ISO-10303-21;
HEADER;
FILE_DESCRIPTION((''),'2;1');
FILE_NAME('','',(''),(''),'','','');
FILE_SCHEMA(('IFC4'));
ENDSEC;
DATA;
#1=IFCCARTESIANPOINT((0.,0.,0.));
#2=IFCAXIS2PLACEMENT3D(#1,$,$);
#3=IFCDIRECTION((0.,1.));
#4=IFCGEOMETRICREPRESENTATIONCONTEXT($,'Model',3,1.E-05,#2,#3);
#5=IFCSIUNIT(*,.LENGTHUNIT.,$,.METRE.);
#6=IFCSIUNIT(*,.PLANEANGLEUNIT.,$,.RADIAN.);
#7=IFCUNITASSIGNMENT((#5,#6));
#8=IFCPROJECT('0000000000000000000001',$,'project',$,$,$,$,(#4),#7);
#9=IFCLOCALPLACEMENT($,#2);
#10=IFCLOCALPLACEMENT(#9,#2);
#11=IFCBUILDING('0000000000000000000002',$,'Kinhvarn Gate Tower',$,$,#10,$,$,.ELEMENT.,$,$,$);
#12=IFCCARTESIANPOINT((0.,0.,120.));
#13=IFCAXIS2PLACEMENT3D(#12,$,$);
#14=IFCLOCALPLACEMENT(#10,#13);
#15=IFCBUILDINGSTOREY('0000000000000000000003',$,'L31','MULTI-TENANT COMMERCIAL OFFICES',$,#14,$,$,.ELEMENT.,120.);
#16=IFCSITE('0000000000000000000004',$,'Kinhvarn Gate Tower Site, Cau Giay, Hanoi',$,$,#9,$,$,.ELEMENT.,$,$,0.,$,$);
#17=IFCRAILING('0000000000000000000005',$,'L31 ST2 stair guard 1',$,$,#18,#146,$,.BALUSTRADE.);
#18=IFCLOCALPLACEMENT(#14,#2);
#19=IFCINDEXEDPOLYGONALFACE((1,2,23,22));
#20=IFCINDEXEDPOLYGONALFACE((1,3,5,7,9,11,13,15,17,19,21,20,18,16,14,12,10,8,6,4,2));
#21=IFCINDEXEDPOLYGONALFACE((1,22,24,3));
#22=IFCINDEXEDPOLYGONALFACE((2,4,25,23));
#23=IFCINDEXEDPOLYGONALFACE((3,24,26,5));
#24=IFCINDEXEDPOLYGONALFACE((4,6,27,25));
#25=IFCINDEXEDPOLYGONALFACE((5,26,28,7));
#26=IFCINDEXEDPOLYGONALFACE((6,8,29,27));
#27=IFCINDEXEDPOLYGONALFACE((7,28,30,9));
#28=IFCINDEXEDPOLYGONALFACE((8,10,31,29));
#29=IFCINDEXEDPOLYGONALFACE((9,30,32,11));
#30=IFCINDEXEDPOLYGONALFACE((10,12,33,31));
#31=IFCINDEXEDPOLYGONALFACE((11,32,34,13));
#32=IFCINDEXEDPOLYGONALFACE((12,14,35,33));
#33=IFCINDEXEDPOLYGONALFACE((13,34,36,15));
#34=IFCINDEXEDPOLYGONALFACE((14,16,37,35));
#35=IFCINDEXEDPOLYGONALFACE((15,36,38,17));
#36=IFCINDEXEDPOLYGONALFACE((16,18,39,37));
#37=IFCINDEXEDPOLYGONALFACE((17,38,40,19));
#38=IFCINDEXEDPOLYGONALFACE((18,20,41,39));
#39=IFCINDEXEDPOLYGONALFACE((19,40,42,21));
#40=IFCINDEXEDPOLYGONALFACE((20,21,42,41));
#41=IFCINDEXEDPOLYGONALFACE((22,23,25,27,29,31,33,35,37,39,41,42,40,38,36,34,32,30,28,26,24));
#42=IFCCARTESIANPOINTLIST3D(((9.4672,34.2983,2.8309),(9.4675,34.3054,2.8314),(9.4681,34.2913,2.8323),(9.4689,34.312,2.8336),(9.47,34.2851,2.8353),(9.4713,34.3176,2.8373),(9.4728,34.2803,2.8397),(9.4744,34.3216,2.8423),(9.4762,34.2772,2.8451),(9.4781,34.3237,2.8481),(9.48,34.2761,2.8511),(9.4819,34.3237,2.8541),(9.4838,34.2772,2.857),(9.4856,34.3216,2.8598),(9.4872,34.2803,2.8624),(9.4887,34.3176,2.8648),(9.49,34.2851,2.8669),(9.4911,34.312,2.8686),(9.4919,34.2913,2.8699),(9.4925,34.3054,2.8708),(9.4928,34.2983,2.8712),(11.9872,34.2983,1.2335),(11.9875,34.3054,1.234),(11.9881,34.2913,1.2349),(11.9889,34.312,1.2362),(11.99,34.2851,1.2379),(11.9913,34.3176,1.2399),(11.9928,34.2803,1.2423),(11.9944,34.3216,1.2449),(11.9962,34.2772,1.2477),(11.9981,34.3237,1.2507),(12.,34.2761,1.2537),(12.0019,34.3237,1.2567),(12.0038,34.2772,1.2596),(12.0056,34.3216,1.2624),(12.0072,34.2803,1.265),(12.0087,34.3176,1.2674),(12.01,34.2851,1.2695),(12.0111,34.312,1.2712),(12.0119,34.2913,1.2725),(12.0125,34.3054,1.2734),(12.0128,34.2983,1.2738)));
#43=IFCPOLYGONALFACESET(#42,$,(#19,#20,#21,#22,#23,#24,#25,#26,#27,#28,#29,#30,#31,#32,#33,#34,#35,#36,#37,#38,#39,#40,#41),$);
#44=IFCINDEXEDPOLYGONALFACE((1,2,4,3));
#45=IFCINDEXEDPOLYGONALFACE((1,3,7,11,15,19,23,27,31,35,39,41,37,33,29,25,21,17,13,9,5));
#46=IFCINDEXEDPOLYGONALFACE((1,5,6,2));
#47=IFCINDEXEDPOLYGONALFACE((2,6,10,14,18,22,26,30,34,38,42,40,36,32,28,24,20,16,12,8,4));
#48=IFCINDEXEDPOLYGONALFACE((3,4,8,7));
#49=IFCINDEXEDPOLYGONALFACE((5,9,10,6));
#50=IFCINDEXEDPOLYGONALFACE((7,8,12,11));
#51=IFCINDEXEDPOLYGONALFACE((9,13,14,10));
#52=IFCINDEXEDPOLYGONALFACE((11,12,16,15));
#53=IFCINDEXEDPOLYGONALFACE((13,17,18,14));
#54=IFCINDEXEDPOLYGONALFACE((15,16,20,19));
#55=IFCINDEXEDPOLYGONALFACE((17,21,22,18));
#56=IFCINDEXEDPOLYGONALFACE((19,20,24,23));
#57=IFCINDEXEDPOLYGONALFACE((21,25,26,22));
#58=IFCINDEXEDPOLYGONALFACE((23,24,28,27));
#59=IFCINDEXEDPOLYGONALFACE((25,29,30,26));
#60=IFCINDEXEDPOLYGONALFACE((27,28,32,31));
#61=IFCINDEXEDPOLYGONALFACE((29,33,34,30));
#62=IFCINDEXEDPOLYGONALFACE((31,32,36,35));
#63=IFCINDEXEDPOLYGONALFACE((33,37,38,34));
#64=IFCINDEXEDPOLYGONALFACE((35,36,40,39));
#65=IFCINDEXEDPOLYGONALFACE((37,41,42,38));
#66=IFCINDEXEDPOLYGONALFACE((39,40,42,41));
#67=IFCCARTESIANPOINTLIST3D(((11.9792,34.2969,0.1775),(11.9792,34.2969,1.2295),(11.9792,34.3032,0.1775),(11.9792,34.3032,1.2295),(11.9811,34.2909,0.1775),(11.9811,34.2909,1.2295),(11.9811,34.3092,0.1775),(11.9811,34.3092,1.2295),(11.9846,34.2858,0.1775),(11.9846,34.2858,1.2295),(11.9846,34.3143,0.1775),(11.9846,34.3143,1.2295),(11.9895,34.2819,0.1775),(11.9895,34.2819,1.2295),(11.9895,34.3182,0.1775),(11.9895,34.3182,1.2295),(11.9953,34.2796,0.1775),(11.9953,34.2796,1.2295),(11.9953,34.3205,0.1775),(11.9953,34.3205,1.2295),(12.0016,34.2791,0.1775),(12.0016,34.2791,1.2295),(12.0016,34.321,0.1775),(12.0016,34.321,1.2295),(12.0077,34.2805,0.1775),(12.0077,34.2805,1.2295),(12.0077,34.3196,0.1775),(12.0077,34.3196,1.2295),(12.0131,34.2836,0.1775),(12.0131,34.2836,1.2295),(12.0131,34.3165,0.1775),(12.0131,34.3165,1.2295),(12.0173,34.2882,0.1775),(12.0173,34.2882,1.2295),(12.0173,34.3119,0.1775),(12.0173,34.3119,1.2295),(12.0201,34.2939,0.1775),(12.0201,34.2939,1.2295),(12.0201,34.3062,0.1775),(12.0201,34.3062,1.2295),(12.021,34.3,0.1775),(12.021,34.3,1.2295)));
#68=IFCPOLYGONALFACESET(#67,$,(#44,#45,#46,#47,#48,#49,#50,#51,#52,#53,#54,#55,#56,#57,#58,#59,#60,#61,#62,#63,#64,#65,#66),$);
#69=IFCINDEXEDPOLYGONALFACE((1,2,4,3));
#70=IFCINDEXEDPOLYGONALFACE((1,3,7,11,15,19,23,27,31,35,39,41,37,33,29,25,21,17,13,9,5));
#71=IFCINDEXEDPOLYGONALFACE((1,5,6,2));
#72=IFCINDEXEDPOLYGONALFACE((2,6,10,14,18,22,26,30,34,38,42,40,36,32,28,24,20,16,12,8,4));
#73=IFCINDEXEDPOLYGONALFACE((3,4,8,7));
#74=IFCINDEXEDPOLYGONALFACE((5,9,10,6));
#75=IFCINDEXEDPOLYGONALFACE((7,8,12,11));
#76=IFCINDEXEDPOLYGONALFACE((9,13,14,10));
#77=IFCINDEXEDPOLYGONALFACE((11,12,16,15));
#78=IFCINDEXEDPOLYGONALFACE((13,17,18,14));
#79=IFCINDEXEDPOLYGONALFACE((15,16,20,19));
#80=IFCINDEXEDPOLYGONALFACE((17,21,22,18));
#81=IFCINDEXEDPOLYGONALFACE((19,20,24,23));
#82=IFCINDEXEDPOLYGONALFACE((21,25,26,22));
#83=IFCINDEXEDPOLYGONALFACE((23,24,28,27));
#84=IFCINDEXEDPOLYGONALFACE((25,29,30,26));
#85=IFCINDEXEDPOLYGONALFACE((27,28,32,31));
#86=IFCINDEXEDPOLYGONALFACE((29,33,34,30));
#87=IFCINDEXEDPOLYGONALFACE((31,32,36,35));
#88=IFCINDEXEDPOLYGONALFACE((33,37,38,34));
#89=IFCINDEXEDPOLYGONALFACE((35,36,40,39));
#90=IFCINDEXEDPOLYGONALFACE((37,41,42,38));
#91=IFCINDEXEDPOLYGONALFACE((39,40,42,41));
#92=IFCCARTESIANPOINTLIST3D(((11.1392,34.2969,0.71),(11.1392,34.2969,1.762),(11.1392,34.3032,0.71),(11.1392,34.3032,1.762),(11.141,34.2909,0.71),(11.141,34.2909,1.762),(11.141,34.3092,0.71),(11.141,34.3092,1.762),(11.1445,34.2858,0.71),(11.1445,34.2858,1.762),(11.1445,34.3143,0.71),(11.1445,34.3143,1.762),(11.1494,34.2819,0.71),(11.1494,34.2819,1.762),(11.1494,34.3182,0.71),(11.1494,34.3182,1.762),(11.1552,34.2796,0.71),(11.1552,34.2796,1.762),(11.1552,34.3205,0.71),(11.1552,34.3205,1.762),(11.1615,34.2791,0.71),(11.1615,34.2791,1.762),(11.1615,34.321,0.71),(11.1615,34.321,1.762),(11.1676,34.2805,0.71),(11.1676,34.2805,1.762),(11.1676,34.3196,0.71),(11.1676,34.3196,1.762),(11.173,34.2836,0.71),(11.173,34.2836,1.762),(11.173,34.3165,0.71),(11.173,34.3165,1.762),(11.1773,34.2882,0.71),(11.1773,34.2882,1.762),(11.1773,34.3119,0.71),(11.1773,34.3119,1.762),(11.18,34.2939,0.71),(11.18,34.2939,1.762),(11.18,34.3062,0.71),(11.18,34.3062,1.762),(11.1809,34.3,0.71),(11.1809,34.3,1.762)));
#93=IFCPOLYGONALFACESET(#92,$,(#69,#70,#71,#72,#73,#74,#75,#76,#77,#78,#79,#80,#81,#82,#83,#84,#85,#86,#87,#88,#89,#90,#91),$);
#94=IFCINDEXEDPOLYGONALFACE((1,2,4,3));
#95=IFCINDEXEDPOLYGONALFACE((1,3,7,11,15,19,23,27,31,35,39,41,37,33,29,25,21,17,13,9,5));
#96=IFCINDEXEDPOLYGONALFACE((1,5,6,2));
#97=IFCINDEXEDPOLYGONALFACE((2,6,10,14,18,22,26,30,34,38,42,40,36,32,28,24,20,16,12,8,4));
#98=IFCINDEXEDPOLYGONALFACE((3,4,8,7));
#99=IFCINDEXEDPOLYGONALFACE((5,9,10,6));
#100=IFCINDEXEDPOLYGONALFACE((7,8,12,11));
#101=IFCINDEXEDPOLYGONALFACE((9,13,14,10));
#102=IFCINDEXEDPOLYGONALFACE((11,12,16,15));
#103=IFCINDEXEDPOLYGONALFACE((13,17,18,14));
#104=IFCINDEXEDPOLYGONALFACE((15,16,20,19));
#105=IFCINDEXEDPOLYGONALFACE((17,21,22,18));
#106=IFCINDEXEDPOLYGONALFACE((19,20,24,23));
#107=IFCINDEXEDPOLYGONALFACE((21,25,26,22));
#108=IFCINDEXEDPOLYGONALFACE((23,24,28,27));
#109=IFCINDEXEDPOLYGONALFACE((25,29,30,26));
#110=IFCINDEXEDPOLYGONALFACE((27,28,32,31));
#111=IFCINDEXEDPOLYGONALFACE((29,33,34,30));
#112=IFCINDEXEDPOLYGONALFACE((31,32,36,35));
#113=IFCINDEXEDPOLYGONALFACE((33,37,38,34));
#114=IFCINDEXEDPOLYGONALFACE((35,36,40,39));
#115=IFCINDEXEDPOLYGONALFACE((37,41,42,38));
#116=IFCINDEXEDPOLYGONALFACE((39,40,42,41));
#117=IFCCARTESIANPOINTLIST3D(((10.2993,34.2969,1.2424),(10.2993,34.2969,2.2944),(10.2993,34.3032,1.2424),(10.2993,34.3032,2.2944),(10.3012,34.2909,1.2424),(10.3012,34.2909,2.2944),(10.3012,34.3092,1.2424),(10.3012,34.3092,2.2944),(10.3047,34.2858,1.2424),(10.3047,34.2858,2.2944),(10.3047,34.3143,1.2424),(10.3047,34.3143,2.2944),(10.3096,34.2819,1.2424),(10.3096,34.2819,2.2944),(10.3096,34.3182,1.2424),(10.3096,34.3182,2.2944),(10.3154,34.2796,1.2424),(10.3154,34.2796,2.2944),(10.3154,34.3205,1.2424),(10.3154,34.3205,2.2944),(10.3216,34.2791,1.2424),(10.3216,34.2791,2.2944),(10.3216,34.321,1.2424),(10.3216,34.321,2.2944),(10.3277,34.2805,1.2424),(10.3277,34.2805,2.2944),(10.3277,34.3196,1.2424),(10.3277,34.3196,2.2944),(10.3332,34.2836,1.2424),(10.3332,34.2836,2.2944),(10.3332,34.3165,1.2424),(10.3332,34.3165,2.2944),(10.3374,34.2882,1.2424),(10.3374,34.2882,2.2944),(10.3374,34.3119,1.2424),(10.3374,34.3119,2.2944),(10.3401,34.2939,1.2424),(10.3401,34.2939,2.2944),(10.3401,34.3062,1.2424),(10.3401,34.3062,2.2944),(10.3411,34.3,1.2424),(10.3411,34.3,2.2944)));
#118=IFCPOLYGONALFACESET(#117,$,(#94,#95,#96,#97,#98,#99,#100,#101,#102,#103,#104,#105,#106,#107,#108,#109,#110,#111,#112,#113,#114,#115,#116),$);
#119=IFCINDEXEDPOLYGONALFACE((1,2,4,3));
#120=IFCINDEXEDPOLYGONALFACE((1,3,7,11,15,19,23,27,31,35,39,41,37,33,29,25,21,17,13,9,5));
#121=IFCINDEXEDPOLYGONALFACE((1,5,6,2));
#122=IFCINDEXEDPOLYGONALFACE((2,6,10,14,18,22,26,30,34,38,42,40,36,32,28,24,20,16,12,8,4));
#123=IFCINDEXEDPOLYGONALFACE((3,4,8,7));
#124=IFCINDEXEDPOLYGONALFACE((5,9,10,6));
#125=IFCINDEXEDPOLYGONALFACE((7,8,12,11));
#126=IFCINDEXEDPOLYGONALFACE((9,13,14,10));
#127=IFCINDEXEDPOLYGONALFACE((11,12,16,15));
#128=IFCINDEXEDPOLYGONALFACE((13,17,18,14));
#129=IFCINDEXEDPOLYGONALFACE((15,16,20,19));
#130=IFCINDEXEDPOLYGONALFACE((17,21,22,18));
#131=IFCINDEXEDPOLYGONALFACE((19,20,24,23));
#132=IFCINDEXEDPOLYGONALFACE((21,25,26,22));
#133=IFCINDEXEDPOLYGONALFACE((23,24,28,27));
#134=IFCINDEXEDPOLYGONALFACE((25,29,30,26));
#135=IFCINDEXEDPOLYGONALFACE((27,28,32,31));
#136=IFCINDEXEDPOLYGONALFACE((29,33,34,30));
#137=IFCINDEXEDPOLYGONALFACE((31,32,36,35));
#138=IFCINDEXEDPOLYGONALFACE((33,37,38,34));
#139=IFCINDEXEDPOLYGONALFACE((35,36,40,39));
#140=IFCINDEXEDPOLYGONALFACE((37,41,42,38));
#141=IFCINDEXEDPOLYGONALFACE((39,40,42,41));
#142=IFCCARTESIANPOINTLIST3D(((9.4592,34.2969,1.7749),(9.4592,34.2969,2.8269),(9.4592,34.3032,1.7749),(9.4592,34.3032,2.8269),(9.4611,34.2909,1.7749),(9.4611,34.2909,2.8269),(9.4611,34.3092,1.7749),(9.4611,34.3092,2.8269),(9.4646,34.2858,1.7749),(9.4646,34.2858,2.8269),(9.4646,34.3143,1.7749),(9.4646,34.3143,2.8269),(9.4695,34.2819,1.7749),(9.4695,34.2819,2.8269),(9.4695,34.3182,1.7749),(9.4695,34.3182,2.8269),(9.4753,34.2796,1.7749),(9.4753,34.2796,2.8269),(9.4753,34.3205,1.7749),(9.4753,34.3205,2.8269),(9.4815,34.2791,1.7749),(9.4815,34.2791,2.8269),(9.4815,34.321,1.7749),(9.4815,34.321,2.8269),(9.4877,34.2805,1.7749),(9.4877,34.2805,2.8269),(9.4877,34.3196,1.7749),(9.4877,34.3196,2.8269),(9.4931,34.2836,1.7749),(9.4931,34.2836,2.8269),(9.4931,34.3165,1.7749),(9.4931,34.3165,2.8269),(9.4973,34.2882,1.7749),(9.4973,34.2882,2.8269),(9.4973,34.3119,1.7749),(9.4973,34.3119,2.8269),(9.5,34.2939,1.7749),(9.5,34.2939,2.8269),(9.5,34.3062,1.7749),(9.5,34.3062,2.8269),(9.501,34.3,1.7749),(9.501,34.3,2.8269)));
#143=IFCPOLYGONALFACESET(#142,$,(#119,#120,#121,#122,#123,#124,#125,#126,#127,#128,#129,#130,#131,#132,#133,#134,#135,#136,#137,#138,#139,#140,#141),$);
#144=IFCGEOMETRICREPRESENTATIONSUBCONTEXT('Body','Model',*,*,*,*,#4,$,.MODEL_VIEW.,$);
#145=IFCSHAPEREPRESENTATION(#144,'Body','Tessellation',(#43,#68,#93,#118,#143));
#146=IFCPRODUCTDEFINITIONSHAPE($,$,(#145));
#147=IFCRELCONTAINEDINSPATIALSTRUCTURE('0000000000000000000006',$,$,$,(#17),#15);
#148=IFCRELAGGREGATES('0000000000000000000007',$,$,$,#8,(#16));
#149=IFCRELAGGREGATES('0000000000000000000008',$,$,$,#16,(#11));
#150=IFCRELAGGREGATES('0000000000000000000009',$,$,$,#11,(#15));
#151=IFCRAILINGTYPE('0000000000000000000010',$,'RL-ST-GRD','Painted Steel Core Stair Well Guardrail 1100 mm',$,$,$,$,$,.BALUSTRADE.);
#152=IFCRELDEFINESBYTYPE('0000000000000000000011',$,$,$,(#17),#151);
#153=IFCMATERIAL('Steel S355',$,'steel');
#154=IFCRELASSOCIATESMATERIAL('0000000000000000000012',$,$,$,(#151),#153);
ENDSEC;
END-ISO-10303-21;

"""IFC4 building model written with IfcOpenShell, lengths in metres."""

from ifc_helpers import new_model, si_unit, direction, frame, origin, origin_2d, place, context, subcontext, project, spatial, circle, extrude, material, type_object, element, save


model = new_model("IFC4")

# Units and contexts
model_context = context("Model", 3, precision=1e-05, world=origin(), true_north=direction((0.0, 1.0)))
body_context = subcontext(model_context, "Body", "Model", "MODEL_VIEW")
ifc_project = project(units=[si_unit("LENGTHUNIT", "METRE"), si_unit("PLANEANGLEUNIT", "RADIAN")], contexts=[model_context])

# Site, building, storey
site_placement = place(None, origin())
site = spatial("IfcSite", under=ifc_project, at=site_placement, Name="Kinhvarn Gate Tower Site, Cau Giay, Hanoi", CompositionType="ELEMENT", RefElevation=0.0)
building_placement = place(site_placement, origin())
building = spatial("IfcBuilding", under=site, at=building_placement, Name="Kinhvarn Gate Tower", CompositionType="ELEMENT")
storey_placement = place(building_placement, frame((0.0, 0.0, 120.0)))
storey = spatial("IfcBuildingStorey", under=building, at=storey_placement, Name="L31", Description="MULTI-TENANT COMMERCIAL OFFICES", CompositionType="ELEMENT", Elevation=120.0)

# Shared definitions
ifc_material_1 = material(Name="Steel S355", Category="steel")

# Railing
railing_type_1 = type_object("IfcRailingType", Name="RL-ST-GRD", Description="Painted Steel Core Stair Well Guardrail 1100 mm", PredefinedType="BALUSTRADE", material=ifc_material_1)
railing_1_placement = place(storey_placement, frame((12.0, 34.3, 0.1775)))
element("IfcRailing", 1, at=railing_1_placement, inside=storey, type_object=railing_type_1, Name="L31 ST2 stair guard 1", PredefinedType="BALUSTRADE", context=body_context, shape_type="SweptSolid", body=[
    extrude(circle(Radius=0.0239, at=origin_2d()), frame((0.0, 0.0, 1.0762), z_axis=(-0.844607, 0.0, 0.535387), x_axis=(0.0, -1.0, 0.0)), (0.0, 0.0, 1.0), 2.9836),
    extrude(circle(Radius=0.021, at=origin_2d()), origin(), (0.0, 0.0, 1.0), 1.052),
    extrude(circle(Radius=0.021, at=origin_2d()), frame((-0.8401, 0.0, 0.5325)), (0.0, 0.0, 1.0), 1.052),
    extrude(circle(Radius=0.021, at=origin_2d()), frame((-1.6799, 0.0, 1.0649)), (0.0, 0.0, 1.0), 1.052),
    extrude(circle(Radius=0.021, at=origin_2d()), frame((-2.52, 0.0, 1.5974)), (0.0, 0.0, 1.0), 1.052),
])

save(model, "model.ifc")
